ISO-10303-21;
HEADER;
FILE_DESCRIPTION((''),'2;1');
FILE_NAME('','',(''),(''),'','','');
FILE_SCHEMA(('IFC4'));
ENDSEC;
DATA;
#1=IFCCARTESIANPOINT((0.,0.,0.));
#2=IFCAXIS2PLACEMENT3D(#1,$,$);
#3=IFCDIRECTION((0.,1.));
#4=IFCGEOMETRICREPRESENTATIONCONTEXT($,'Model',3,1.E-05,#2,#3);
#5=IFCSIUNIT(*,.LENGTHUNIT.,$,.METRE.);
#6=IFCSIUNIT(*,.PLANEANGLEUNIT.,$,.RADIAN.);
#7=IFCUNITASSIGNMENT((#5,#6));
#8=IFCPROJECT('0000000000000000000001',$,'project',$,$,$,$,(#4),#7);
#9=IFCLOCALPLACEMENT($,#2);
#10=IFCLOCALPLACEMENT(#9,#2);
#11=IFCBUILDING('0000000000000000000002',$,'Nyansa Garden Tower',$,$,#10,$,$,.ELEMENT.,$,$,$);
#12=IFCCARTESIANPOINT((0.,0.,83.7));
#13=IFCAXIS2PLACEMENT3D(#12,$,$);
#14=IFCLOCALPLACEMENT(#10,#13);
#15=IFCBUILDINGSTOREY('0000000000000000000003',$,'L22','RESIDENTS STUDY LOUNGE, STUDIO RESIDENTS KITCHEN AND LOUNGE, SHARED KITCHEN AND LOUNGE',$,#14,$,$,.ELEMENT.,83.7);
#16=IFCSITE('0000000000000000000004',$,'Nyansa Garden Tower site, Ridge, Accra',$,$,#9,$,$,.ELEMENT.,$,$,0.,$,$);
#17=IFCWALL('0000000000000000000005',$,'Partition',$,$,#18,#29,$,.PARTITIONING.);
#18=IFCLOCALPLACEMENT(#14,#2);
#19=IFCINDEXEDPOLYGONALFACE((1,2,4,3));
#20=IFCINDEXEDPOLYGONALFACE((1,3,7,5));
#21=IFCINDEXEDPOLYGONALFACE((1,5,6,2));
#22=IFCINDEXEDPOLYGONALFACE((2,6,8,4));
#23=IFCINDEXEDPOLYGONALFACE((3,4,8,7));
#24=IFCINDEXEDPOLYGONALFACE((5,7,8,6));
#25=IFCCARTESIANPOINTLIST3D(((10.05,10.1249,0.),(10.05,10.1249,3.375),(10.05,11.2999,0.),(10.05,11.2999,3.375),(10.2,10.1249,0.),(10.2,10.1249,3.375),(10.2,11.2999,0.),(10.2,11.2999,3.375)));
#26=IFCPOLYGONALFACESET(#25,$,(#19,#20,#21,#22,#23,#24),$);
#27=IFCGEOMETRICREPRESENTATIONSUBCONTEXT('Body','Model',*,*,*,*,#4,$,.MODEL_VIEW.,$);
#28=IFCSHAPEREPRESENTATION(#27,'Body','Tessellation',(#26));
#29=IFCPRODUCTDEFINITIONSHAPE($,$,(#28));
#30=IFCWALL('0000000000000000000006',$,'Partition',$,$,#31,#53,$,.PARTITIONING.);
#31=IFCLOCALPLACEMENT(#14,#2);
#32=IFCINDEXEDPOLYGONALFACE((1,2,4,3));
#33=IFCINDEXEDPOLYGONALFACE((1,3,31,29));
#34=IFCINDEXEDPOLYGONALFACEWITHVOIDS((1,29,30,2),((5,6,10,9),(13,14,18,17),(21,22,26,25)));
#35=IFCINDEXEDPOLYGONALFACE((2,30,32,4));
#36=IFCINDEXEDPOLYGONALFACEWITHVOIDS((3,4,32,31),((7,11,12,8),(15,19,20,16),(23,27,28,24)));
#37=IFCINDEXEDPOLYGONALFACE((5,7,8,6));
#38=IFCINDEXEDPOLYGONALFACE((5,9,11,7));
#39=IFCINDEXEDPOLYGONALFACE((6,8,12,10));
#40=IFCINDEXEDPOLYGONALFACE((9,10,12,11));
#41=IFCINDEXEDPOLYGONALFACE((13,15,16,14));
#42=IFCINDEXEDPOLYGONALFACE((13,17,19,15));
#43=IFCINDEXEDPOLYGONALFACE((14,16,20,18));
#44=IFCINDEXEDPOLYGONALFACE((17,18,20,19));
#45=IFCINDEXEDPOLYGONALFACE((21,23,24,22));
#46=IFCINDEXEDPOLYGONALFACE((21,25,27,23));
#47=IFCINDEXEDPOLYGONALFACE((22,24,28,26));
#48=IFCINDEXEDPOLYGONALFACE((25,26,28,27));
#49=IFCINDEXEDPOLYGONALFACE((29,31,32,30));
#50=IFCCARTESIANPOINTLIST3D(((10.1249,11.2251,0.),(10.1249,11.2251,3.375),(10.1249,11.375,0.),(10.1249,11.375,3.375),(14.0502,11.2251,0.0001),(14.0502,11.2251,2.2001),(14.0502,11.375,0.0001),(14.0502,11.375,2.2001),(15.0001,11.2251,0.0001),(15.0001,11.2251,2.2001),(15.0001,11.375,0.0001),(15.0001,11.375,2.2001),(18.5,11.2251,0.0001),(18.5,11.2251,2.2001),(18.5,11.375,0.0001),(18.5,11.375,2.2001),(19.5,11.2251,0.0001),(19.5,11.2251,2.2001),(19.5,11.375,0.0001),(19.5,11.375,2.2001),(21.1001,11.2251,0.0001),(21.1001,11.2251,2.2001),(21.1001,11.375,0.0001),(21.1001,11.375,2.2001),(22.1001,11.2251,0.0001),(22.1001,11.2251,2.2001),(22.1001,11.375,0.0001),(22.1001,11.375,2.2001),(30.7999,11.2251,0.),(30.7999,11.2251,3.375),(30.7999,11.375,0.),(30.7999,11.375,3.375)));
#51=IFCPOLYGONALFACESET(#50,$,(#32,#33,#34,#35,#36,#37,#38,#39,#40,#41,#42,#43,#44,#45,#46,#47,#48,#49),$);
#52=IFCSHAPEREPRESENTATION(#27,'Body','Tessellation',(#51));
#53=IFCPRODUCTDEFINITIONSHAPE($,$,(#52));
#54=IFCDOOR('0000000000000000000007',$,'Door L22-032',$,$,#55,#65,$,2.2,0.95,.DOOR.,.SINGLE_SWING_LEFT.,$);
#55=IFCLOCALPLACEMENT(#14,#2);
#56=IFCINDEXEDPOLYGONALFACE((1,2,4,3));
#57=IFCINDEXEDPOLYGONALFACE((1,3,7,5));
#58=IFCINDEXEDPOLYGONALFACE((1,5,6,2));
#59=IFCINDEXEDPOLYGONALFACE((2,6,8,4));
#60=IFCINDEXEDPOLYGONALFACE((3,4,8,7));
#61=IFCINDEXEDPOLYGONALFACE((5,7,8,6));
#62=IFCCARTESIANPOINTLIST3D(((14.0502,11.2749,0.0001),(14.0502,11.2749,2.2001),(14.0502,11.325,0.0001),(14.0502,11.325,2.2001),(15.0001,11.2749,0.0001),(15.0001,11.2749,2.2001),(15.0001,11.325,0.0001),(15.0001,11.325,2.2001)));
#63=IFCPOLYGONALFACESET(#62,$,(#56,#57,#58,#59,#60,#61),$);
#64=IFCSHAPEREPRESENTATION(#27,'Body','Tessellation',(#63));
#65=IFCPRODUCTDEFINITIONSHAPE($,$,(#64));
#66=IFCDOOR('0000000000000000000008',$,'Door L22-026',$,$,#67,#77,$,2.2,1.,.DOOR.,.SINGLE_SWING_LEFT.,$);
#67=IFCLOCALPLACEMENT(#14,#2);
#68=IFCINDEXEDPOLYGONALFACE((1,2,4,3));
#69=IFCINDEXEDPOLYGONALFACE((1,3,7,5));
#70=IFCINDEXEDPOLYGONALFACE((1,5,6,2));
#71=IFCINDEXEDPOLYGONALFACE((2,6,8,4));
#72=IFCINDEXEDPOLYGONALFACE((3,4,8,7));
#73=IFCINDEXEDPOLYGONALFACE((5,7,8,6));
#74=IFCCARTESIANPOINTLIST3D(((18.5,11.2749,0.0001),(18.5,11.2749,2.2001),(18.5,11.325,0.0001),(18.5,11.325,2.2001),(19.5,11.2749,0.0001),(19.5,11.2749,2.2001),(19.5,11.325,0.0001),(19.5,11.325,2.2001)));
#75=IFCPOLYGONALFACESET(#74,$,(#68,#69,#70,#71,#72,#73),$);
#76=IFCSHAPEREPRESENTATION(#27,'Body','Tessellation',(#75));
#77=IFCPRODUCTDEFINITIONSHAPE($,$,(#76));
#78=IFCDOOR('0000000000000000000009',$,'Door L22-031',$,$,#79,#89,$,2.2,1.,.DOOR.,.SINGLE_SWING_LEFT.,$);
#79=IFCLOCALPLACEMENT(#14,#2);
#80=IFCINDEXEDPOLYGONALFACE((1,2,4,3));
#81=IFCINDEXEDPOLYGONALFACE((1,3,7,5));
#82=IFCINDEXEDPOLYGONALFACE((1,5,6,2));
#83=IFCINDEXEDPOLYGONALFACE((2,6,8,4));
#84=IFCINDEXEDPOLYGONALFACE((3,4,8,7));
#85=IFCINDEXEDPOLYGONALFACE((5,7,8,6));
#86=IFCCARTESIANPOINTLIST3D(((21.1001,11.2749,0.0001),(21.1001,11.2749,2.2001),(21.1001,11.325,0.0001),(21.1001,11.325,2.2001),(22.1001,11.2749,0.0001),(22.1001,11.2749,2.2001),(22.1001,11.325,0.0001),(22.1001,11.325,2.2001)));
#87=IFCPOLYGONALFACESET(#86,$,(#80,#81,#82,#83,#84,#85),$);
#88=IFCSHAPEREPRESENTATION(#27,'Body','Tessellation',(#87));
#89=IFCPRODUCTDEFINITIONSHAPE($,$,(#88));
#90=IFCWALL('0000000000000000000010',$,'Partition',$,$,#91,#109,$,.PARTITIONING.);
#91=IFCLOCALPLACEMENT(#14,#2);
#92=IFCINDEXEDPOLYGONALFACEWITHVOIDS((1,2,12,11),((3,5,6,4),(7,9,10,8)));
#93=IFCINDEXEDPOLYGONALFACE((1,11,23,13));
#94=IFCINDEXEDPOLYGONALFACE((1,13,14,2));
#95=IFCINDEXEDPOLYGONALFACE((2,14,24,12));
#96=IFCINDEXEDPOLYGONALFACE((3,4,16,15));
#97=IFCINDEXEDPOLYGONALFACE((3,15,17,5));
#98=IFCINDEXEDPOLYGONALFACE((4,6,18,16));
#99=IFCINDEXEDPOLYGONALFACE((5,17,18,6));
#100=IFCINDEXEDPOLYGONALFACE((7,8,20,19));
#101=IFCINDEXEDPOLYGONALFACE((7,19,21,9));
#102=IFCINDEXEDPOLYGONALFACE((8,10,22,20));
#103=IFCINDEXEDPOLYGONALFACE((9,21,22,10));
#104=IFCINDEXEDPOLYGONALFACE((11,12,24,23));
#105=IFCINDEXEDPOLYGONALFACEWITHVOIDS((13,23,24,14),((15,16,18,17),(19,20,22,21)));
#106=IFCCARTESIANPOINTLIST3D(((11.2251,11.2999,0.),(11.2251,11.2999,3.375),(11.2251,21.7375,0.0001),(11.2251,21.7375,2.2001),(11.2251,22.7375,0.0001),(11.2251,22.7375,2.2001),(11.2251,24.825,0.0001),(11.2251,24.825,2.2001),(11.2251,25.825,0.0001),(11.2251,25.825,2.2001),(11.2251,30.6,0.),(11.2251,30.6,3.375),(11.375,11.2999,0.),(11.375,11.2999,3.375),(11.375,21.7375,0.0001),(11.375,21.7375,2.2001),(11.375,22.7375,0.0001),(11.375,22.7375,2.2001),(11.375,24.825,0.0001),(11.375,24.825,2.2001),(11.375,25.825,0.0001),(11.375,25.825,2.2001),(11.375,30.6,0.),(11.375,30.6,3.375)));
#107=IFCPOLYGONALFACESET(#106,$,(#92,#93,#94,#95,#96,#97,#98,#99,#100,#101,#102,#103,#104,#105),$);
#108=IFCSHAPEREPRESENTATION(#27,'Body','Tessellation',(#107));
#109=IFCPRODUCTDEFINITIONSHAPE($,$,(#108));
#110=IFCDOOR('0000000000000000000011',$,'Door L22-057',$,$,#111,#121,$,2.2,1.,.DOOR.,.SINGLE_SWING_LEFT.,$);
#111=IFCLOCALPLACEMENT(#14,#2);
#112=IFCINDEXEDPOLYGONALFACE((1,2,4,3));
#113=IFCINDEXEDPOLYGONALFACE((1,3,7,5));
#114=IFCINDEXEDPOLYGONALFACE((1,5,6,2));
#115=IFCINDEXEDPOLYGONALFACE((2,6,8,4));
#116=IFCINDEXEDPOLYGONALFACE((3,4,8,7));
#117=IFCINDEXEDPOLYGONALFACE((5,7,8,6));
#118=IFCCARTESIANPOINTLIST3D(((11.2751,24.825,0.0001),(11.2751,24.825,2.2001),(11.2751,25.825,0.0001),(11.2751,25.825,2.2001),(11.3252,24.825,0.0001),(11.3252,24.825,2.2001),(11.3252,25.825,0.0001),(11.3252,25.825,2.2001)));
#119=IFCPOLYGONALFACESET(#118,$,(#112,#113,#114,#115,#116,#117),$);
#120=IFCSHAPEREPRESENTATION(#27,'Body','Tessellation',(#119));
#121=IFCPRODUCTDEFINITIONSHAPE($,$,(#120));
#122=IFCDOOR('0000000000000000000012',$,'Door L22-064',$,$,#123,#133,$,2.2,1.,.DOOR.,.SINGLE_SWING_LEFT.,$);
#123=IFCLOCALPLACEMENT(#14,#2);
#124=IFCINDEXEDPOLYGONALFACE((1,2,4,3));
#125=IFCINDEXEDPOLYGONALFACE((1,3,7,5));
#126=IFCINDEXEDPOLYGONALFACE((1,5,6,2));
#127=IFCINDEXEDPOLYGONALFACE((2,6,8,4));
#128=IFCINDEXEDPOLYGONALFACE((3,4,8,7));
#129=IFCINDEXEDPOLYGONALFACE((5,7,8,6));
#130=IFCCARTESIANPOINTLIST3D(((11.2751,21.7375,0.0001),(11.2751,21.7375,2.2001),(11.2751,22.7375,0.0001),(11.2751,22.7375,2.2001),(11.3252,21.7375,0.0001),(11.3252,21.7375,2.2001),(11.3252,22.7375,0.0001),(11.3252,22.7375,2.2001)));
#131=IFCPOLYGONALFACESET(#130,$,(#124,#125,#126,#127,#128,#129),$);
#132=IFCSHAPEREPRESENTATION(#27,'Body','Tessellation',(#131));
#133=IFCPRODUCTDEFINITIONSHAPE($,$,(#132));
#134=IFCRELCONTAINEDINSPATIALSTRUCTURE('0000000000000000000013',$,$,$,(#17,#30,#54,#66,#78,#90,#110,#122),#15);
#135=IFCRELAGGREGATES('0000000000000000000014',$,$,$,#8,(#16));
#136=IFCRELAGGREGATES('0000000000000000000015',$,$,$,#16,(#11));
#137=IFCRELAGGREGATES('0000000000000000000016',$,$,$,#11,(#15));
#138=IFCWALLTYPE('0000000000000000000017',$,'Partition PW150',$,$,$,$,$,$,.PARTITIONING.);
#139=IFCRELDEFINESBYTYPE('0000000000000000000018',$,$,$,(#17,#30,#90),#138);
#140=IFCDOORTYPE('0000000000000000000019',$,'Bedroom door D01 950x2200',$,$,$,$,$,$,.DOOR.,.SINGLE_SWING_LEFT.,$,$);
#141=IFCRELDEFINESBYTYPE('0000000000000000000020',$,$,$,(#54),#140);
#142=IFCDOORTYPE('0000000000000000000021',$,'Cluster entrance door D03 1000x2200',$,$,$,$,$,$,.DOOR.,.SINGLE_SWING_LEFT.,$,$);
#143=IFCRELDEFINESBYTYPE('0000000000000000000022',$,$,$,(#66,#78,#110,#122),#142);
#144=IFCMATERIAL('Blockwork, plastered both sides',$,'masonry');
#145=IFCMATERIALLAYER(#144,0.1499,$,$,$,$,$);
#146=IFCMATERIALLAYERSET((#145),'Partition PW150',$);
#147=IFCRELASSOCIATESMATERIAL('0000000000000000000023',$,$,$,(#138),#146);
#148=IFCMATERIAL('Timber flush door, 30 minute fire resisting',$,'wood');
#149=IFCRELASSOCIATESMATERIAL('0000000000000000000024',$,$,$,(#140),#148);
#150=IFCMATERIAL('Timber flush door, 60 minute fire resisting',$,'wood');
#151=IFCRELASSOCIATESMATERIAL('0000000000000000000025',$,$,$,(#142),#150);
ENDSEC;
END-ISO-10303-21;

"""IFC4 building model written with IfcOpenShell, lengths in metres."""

from ifc_helpers import new_model, si_unit, direction, frame, frame_2d, origin, place, context, subcontext, project, spatial, rectangle, extrude, material, layer, layer_set, type_object, element, fill, save


model = new_model("IFC4")

# Units and contexts
model_context = context("Model", 3, precision=1e-05, world=origin(), true_north=direction((0.0, 1.0)))
body_context = subcontext(model_context, "Body", "Model", "MODEL_VIEW")
ifc_project = project(units=[si_unit("LENGTHUNIT", "METRE"), si_unit("PLANEANGLEUNIT", "RADIAN")], contexts=[model_context])

# Site, building, storey
site_placement = place(None, origin())
site = spatial("IfcSite", under=ifc_project, at=site_placement, Name="Nyansa Garden Tower site, Ridge, Accra", CompositionType="ELEMENT", RefElevation=0.0)
building_placement = place(site_placement, origin())
building = spatial("IfcBuilding", under=site, at=building_placement, Name="Nyansa Garden Tower", CompositionType="ELEMENT")
storey_placement = place(building_placement, frame((0.0, 0.0, 83.7)))
storey = spatial("IfcBuildingStorey", under=building, at=storey_placement, Name="L22", Description="RESIDENTS STUDY LOUNGE, STUDIO RESIDENTS KITCHEN AND LOUNGE, SHARED KITCHEN AND LOUNGE", CompositionType="ELEMENT", Elevation=83.7)

# Wall
ifc_material_1 = material(Name="Blockwork, plastered both sides", Category="masonry")
ifc_layer = layer(ifc_material_1, 0.1499)
ifc_layer_set = layer_set([ifc_layer], Name="Partition PW150")
wall_type = type_object("IfcWallType", Name="Partition PW150", PredefinedType="PARTITIONING", material=ifc_layer_set)
wall_1_placement = place(storey_placement, frame((10.125, 10.125, 0.0), z_axis=(0.0, 0.0, 1.0), x_axis=(0.0, 1.0, 0.0)))
element("IfcWall", 1, at=wall_1_placement, inside=storey, type_object=wall_type, Name="Partition", PredefinedType="PARTITIONING", context=body_context, shape_type="SweptSolid", body=[
    extrude(rectangle(XDim=1.175, YDim=0.1499, at=frame_2d((0.5874, 0.0))), origin(), (0.0, 0.0, 1.0), 3.375),
])

# Walls, openings, doors
wall_2_placement = place(storey_placement, frame((10.125, 11.3, 0.0), z_axis=(0.0, 0.0, 1.0), x_axis=(1.0, 0.0, 0.0)))
wall_2 = element("IfcWall", 2, at=wall_2_placement, inside=storey, type_object=wall_type, Name="Partition", PredefinedType="PARTITIONING", context=body_context, shape_type="SweptSolid", body=[
    extrude(rectangle(XDim=20.675, YDim=0.1499, at=frame_2d((10.3374, 0.0))), origin(), (0.0, 0.0, 1.0), 3.375),
])
opening_1_placement = place(wall_2_placement, frame((8.375, 0.0, 0.0)))
opening_1 = element("IfcOpeningElement", 3, at=opening_1_placement, cuts=wall_2, PredefinedType="OPENING", context=body_context, shape_type="SweptSolid", body=[
    extrude(rectangle(XDim=1.0, YDim=2.2, at=frame_2d((0.5, 1.1001))), frame((0.0, 0.085, 0.0), z_axis=(0.0, -1.0, 0.0), x_axis=(1.0, 0.0, 0.0)), (0.0, 0.0, 1.0), 0.1699),
])
opening_2_placement = place(wall_2_placement, frame((10.9751, 0.0, 0.0)))
opening_2 = element("IfcOpeningElement", 4, at=opening_2_placement, cuts=wall_2, PredefinedType="OPENING", context=body_context, shape_type="SweptSolid", body=[
    extrude(rectangle(XDim=1.0, YDim=2.2, at=frame_2d((0.5, 1.1001))), frame((0.0, 0.085, 0.0), z_axis=(0.0, -1.0, 0.0), x_axis=(1.0, 0.0, 0.0)), (0.0, 0.0, 1.0), 0.1699),
])
opening_3_placement = place(wall_2_placement, frame((3.925, 0.0, 0.0)))
opening_3 = element("IfcOpeningElement", 5, at=opening_3_placement, cuts=wall_2, PredefinedType="OPENING", context=body_context, shape_type="SweptSolid", body=[
    extrude(rectangle(XDim=0.95, YDim=2.2, at=frame_2d((0.4751, 1.1001))), frame((0.0, 0.085, 0.0), z_axis=(0.0, -1.0, 0.0), x_axis=(1.0, 0.0, 0.0)), (0.0, 0.0, 1.0), 0.1699),
])
ifc_material_2 = material(Name="Timber flush door, 30 minute fire resisting", Category="wood")
door_type_1 = type_object("IfcDoorType", Name="Bedroom door D01 950x2200", OperationType="SINGLE_SWING_LEFT", PredefinedType="DOOR", material=ifc_material_2)
door_1_placement = place(opening_3_placement, origin())
door_1 = element("IfcDoor", 6, at=door_1_placement, inside=storey, type_object=door_type_1, Name="Door L22-032", OperationType="SINGLE_SWING_LEFT", OverallHeight=2.2, OverallWidth=0.95, PredefinedType="DOOR", context=body_context, shape_type="SweptSolid", body=[
    extrude(rectangle(XDim=0.95, YDim=2.2, at=frame_2d((0.4751, 1.1001))), frame((0.0, 0.0249, 0.0), z_axis=(0.0, -1.0, 0.0), x_axis=(1.0, 0.0, 0.0)), (0.0, 0.0, 1.0), 0.05),
])
fill(opening_3, door_1)
ifc_material_3 = material(Name="Timber flush door, 60 minute fire resisting", Category="wood")
door_type_2 = type_object("IfcDoorType", Name="Cluster entrance door D03 1000x2200", OperationType="SINGLE_SWING_LEFT", PredefinedType="DOOR", material=ifc_material_3)
door_2_placement = place(opening_1_placement, origin())
door_2 = element("IfcDoor", 7, at=door_2_placement, inside=storey, type_object=door_type_2, Name="Door L22-026", OperationType="SINGLE_SWING_LEFT", OverallHeight=2.2, OverallWidth=1.0, PredefinedType="DOOR", context=body_context, shape_type="SweptSolid", body=[
    extrude(rectangle(XDim=1.0, YDim=2.2, at=frame_2d((0.5, 1.1001))), frame((0.0, 0.0249, 0.0), z_axis=(0.0, -1.0, 0.0), x_axis=(1.0, 0.0, 0.0)), (0.0, 0.0, 1.0), 0.05),
])
fill(opening_1, door_2)
door_3_placement = place(opening_2_placement, origin())
door_3 = element("IfcDoor", 8, at=door_3_placement, inside=storey, type_object=door_type_2, Name="Door L22-031", OperationType="SINGLE_SWING_LEFT", OverallHeight=2.2, OverallWidth=1.0, PredefinedType="DOOR", context=body_context, shape_type="SweptSolid", body=[
    extrude(rectangle(XDim=1.0, YDim=2.2, at=frame_2d((0.5, 1.1001))), frame((0.0, 0.0249, 0.0), z_axis=(0.0, -1.0, 0.0), x_axis=(1.0, 0.0, 0.0)), (0.0, 0.0, 1.0), 0.05),
])
fill(opening_2, door_3)
wall_3_placement = place(storey_placement, frame((11.3, 11.3, 0.0), z_axis=(0.0, 0.0, 1.0), x_axis=(0.0, 1.0, 0.0)))
wall_3 = element("IfcWall", 9, at=wall_3_placement, inside=storey, type_object=wall_type, Name="Partition", PredefinedType="PARTITIONING", context=body_context, shape_type="SweptSolid", body=[
    extrude(rectangle(XDim=19.3, YDim=0.1499, at=frame_2d((9.6499, 0.0))), origin(), (0.0, 0.0, 1.0), 3.375),
])
opening_4_placement = place(wall_3_placement, frame((13.5249, 0.0, 0.0)))
opening_4 = element("IfcOpeningElement", 10, at=opening_4_placement, cuts=wall_3, PredefinedType="OPENING", context=body_context, shape_type="SweptSolid", body=[
    extrude(rectangle(XDim=1.0, YDim=2.2, at=frame_2d((0.5, 1.1001))), frame((0.0, 0.085, 0.0), z_axis=(0.0, -1.0, 0.0), x_axis=(1.0, 0.0, 0.0)), (0.0, 0.0, 1.0), 0.1699),
])
opening_5_placement = place(wall_3_placement, frame((10.4375, 0.0, 0.0)))
opening_5 = element("IfcOpeningElement", 11, at=opening_5_placement, cuts=wall_3, PredefinedType="OPENING", context=body_context, shape_type="SweptSolid", body=[
    extrude(rectangle(XDim=1.0, YDim=2.2, at=frame_2d((0.5, 1.1001))), frame((0.0, 0.085, 0.0), z_axis=(0.0, -1.0, 0.0), x_axis=(1.0, 0.0, 0.0)), (0.0, 0.0, 1.0), 0.1699),
])
door_4_placement = place(opening_4_placement, origin())
door_4 = element("IfcDoor", 12, at=door_4_placement, inside=storey, type_object=door_type_2, Name="Door L22-057", OperationType="SINGLE_SWING_LEFT", OverallHeight=2.2, OverallWidth=1.0, PredefinedType="DOOR", context=body_context, shape_type="SweptSolid", body=[
    extrude(rectangle(XDim=1.0, YDim=2.2, at=frame_2d((0.5, 1.1001))), frame((0.0, 0.0249, 0.0), z_axis=(0.0, -1.0, 0.0), x_axis=(1.0, 0.0, 0.0)), (0.0, 0.0, 1.0), 0.05),
])
fill(opening_4, door_4)
door_5_placement = place(opening_5_placement, origin())
door_5 = element("IfcDoor", 13, at=door_5_placement, inside=storey, type_object=door_type_2, Name="Door L22-064", OperationType="SINGLE_SWING_LEFT", OverallHeight=2.2, OverallWidth=1.0, PredefinedType="DOOR", context=body_context, shape_type="SweptSolid", body=[
    extrude(rectangle(XDim=1.0, YDim=2.2, at=frame_2d((0.5, 1.1001))), frame((0.0, 0.0249, 0.0), z_axis=(0.0, -1.0, 0.0), x_axis=(1.0, 0.0, 0.0)), (0.0, 0.0, 1.0), 0.05),
])
fill(opening_5, door_5)

save(model, "model.ifc")
